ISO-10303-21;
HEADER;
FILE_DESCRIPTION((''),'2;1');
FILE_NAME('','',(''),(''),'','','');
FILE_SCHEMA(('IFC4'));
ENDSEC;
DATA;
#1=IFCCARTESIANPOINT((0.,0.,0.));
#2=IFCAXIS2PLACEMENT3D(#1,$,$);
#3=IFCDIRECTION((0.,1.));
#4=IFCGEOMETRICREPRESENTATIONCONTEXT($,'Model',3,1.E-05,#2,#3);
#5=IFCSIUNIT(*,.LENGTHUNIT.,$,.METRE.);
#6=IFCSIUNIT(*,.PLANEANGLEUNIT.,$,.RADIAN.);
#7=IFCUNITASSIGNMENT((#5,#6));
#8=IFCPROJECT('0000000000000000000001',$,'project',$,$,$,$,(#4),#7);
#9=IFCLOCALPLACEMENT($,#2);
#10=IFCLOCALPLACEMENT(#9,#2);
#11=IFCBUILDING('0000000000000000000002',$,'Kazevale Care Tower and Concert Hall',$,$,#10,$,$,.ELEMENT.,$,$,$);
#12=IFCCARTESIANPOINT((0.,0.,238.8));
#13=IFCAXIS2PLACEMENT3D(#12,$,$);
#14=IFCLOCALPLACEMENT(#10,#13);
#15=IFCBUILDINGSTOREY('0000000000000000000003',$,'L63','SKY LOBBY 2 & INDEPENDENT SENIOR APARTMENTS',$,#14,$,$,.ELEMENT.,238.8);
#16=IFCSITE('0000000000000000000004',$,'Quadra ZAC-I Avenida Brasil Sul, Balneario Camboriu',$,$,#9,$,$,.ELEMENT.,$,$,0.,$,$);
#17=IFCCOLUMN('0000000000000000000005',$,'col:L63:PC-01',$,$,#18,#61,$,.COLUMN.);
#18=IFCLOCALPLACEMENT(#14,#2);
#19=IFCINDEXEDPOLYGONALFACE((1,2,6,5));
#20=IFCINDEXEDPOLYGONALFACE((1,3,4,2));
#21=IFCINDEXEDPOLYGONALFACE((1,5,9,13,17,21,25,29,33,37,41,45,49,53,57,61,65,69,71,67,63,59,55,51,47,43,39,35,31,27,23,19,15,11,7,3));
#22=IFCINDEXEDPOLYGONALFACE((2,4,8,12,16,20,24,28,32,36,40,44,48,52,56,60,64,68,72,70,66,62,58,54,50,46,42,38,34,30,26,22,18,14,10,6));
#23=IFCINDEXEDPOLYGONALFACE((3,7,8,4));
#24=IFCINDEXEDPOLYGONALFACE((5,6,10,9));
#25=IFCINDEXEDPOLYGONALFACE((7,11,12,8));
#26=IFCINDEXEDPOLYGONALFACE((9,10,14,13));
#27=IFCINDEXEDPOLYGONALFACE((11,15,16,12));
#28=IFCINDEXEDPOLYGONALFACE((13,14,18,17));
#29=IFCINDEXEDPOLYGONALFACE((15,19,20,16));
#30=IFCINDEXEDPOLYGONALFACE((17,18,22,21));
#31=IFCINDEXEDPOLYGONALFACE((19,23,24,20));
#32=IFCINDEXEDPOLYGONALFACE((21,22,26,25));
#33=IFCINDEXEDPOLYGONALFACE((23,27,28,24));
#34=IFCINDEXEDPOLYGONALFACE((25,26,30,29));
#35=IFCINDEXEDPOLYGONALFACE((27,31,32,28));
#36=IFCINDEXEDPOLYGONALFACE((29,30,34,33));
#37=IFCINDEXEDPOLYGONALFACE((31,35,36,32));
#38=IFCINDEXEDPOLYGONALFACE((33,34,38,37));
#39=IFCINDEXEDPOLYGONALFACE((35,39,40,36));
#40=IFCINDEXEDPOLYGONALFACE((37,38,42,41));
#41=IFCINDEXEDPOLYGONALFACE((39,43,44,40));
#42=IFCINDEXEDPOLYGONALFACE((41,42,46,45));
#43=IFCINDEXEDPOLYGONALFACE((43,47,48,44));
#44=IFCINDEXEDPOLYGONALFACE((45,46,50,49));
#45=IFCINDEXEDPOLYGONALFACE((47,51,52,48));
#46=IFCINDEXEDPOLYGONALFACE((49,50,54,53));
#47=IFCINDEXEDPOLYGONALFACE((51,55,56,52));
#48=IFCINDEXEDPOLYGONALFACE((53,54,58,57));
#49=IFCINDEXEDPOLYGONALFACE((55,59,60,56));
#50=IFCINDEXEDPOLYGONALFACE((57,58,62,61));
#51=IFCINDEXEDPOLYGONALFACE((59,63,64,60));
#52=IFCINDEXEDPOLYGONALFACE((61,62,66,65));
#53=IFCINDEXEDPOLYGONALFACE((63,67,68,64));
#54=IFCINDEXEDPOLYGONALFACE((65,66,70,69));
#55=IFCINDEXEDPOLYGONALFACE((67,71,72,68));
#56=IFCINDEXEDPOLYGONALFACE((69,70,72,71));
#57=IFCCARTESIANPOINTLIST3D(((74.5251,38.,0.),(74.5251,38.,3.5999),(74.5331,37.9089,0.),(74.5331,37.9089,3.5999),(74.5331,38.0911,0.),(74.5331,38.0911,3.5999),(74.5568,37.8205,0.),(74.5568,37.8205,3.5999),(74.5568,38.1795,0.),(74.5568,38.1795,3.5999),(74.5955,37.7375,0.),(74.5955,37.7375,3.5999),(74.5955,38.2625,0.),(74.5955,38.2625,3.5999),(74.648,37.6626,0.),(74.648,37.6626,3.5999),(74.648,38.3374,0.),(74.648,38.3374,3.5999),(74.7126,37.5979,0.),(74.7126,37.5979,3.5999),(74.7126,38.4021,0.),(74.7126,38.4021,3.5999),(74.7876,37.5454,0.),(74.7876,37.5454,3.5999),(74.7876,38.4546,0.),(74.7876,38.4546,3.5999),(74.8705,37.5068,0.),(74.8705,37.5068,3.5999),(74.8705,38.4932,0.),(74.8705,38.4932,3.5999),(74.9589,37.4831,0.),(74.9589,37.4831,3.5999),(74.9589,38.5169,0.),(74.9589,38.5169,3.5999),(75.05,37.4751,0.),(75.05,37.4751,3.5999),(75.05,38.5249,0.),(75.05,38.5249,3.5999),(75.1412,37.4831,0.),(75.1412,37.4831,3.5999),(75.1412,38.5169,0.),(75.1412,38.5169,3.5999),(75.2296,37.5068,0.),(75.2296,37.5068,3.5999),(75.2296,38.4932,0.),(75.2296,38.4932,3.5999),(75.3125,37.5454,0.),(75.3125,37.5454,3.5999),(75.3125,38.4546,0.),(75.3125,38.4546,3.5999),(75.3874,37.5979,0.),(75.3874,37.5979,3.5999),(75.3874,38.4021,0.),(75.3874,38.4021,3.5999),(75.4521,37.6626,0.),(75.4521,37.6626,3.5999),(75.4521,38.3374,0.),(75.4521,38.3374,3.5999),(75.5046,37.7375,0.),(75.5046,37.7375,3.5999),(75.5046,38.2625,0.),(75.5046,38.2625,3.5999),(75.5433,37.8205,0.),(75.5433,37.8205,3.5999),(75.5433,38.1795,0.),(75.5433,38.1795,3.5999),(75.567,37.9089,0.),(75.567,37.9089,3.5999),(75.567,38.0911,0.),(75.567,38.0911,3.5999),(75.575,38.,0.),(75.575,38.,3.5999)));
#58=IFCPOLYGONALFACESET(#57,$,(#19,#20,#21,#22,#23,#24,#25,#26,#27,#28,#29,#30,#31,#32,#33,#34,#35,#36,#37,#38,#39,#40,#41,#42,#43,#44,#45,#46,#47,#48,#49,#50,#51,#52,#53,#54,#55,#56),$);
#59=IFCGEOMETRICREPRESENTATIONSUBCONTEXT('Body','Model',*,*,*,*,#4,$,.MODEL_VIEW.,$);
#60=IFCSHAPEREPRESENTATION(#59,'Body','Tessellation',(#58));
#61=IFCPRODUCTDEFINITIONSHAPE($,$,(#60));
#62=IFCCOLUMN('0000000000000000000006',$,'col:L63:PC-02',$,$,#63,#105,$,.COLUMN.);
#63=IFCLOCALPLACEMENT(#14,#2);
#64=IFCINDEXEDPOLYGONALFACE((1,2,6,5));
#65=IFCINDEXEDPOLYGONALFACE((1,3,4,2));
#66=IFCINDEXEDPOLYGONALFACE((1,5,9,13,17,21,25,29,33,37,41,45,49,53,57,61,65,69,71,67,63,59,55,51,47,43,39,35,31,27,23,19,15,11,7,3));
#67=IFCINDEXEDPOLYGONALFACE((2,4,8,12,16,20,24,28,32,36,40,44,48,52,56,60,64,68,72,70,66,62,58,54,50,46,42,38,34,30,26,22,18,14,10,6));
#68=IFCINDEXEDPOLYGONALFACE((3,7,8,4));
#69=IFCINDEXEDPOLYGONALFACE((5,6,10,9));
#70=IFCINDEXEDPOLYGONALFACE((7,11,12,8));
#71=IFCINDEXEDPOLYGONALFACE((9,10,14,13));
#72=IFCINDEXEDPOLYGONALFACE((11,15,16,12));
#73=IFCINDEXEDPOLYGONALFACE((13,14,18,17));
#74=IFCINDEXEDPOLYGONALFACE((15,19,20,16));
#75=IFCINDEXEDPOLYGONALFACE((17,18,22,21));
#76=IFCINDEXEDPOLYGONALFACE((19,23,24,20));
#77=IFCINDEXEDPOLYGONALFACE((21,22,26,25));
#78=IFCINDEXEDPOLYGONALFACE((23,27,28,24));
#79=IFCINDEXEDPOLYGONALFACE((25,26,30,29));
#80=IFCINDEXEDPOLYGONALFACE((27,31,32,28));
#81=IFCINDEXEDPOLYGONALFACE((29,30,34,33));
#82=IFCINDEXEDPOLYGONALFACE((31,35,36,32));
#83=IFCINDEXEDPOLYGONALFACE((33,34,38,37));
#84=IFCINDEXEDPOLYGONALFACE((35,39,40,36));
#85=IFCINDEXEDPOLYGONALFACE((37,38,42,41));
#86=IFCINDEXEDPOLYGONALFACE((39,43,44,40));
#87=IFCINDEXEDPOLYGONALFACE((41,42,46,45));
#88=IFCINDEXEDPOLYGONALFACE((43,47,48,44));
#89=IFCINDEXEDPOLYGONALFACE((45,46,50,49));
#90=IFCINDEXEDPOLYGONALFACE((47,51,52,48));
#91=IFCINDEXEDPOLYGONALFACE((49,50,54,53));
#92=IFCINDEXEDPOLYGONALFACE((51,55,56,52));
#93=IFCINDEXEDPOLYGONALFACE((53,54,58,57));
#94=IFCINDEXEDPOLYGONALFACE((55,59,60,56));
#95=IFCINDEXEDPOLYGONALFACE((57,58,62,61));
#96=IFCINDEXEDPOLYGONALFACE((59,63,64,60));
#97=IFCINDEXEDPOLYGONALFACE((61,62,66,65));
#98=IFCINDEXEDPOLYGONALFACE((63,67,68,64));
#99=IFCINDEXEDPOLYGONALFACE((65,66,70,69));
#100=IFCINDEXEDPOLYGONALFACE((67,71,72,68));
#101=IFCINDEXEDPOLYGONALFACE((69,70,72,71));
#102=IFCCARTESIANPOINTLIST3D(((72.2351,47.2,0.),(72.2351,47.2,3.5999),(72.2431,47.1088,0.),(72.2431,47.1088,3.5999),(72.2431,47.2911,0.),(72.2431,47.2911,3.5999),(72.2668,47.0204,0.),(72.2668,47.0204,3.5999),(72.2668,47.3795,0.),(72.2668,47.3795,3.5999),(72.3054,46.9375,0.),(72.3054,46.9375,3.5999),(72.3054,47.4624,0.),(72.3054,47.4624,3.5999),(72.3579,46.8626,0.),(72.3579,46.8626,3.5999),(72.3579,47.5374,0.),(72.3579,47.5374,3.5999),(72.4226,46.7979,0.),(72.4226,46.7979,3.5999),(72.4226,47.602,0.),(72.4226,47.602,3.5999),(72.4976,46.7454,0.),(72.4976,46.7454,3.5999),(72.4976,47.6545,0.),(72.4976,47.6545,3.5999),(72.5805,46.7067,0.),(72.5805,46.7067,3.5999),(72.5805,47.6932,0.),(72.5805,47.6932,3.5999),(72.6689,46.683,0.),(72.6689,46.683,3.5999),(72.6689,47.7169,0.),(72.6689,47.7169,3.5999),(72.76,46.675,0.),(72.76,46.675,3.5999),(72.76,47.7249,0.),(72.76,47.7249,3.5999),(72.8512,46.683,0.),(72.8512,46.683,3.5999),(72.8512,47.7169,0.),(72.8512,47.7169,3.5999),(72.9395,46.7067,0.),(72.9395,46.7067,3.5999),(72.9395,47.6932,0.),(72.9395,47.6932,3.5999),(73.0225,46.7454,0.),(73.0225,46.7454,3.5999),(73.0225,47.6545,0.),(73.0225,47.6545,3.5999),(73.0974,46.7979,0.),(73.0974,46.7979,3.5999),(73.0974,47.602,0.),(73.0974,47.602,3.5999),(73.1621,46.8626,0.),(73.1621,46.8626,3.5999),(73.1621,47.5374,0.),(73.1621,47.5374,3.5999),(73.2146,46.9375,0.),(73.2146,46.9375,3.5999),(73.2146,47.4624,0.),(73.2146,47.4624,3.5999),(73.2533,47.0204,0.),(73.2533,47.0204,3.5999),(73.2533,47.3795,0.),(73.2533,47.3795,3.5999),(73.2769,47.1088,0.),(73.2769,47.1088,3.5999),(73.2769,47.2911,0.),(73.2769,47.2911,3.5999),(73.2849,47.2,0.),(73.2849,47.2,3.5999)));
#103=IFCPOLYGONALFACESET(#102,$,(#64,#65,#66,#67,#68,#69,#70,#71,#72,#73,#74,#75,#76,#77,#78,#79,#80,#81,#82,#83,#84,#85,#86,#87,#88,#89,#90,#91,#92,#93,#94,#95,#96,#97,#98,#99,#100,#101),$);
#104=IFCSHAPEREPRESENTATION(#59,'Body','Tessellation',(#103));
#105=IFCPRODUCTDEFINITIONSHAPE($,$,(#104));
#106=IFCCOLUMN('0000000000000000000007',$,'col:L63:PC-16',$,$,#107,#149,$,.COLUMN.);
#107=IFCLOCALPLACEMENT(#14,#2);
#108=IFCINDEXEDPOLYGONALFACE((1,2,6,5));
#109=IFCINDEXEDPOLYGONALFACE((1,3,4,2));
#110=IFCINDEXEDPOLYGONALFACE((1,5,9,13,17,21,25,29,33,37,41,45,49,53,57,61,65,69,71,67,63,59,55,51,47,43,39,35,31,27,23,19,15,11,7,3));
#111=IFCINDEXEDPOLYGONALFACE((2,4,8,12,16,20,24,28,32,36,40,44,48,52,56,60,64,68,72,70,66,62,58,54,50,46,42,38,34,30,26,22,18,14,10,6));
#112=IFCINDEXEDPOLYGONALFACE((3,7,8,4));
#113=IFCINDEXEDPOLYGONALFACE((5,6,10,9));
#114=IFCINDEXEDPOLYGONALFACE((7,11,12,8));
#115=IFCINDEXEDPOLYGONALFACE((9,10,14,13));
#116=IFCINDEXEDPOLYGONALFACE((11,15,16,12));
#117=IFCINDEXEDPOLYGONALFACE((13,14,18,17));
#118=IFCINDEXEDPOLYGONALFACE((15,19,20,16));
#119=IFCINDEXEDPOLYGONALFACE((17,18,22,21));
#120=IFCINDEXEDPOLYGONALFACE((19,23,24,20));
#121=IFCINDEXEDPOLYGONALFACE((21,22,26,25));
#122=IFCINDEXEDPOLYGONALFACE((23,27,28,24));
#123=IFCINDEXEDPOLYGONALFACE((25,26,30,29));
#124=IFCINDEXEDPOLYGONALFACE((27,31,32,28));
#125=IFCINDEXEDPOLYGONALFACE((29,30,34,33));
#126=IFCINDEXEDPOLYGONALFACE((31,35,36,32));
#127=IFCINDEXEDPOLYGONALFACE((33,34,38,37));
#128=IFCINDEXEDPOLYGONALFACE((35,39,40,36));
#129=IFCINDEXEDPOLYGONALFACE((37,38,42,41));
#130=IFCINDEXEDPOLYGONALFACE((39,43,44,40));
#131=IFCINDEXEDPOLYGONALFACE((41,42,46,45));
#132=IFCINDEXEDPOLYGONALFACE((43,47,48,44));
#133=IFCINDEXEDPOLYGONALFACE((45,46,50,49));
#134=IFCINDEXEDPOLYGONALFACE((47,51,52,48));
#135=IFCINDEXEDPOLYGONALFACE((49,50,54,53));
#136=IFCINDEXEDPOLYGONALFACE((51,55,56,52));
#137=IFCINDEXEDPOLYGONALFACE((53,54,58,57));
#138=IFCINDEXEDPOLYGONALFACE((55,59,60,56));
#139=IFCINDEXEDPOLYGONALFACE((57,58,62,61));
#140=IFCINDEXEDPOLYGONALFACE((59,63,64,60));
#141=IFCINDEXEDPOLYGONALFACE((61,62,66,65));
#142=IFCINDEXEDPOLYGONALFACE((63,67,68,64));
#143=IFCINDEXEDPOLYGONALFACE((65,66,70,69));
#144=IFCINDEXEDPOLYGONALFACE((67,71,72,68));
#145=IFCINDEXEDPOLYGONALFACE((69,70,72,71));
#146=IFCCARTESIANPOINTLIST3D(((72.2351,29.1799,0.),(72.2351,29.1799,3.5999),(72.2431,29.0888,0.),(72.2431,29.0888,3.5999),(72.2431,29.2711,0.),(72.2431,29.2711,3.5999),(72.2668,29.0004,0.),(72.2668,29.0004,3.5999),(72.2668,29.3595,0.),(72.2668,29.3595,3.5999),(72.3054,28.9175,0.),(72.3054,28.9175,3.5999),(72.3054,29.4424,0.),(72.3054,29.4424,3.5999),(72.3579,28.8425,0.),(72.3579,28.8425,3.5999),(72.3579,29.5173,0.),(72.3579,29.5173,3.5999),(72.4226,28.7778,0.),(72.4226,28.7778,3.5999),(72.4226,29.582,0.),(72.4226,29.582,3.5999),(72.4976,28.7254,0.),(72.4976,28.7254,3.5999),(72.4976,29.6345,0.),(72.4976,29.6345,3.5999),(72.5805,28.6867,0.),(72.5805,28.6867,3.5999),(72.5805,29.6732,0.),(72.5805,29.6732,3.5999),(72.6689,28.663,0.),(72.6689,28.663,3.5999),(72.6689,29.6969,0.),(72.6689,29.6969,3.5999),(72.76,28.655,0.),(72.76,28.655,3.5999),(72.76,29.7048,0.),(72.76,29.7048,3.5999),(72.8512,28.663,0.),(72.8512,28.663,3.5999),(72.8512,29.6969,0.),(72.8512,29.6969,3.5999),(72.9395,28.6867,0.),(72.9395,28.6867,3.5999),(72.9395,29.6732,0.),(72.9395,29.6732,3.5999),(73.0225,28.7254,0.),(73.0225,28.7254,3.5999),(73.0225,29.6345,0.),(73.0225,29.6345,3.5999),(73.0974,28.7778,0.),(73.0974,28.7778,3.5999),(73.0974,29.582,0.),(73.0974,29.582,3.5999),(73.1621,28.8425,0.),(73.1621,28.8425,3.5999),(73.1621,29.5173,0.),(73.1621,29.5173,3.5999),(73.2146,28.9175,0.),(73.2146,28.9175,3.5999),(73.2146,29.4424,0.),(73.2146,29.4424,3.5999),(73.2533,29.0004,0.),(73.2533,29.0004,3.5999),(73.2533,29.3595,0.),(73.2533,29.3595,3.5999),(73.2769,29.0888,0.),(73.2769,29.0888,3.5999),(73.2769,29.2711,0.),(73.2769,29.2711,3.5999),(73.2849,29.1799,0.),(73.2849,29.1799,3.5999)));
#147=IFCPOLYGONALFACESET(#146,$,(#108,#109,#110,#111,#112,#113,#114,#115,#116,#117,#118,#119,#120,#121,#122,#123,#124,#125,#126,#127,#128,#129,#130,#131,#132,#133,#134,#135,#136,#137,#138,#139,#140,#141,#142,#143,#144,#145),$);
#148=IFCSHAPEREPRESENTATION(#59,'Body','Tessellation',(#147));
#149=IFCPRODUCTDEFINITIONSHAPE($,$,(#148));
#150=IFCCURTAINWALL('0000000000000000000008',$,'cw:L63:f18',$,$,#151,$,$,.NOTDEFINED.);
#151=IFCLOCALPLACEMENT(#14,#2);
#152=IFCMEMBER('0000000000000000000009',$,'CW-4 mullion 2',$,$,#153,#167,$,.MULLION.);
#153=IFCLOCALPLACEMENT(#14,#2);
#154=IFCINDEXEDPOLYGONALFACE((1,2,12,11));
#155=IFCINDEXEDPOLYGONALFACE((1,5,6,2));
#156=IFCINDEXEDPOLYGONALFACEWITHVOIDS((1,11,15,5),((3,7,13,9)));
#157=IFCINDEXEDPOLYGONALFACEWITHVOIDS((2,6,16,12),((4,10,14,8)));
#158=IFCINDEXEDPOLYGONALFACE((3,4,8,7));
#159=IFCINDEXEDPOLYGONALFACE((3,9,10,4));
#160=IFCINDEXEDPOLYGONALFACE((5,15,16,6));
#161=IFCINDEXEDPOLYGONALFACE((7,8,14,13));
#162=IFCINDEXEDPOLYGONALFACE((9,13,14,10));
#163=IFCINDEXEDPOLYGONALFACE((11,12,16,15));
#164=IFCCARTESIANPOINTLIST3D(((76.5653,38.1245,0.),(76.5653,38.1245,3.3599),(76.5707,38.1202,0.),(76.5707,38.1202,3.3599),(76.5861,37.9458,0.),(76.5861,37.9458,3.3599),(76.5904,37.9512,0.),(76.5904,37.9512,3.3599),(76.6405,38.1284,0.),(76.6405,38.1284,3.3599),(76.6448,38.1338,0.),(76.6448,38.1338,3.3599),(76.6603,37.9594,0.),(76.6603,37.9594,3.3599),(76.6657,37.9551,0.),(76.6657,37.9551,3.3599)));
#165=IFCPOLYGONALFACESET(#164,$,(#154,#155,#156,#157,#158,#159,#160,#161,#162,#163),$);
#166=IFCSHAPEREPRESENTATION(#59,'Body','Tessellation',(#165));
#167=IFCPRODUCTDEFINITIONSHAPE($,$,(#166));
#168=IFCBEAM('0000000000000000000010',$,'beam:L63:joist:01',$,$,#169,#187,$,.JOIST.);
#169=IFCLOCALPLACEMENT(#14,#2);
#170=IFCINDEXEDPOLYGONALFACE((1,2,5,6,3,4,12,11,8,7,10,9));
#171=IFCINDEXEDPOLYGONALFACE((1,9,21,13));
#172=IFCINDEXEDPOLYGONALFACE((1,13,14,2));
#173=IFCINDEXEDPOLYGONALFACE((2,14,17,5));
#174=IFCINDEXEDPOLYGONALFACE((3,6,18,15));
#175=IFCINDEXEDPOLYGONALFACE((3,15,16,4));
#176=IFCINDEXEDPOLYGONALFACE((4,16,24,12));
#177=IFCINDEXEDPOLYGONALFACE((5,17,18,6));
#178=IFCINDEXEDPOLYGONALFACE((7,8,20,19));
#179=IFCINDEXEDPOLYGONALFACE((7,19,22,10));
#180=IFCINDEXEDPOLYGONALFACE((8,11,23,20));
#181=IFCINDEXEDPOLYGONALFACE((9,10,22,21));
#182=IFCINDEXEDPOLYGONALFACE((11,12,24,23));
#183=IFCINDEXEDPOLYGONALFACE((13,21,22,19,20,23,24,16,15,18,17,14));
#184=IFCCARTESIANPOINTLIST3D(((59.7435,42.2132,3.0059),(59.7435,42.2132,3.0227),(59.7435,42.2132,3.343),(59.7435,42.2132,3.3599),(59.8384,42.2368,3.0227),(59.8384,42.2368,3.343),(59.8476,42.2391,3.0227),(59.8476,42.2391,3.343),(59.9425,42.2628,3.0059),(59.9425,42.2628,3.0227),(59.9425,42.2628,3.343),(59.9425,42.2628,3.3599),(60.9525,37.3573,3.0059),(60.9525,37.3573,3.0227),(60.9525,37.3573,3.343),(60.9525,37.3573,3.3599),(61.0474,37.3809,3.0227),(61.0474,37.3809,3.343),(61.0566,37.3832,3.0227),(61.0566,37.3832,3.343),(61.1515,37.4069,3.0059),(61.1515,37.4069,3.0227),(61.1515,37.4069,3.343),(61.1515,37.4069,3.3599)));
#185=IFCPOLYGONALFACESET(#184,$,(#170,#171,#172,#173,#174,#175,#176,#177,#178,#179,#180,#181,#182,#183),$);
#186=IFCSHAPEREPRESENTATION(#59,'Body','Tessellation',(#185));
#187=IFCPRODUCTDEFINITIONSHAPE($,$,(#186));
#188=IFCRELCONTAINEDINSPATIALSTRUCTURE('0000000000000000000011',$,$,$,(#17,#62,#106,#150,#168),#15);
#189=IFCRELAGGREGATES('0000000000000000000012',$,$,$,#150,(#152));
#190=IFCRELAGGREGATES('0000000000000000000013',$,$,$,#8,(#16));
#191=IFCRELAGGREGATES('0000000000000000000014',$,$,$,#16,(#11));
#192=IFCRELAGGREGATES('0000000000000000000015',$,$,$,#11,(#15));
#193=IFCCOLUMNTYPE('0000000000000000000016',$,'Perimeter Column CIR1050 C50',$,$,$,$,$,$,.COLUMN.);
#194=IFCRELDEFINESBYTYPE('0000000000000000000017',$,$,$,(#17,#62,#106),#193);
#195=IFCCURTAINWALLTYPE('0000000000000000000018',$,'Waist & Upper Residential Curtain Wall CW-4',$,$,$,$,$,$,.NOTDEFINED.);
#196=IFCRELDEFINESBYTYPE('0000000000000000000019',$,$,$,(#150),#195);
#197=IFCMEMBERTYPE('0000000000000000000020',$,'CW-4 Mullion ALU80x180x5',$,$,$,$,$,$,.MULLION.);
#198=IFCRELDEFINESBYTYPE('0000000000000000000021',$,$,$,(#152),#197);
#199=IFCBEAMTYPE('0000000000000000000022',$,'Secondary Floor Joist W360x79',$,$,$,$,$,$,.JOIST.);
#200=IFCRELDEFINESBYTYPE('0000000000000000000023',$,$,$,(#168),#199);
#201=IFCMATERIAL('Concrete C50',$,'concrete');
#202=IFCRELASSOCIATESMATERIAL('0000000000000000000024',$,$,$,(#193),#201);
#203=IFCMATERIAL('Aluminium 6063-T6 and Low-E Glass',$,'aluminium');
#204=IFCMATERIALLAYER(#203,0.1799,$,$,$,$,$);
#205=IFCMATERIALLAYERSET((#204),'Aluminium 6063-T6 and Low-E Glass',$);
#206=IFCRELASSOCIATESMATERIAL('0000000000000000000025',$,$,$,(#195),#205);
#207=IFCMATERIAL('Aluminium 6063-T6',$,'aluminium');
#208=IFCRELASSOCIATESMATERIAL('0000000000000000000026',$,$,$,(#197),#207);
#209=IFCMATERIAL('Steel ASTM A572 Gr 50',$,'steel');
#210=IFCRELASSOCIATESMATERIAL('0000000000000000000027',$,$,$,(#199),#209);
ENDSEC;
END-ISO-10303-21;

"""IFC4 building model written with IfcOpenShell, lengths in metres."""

from ifc_helpers import new_model, si_unit, direction, frame, origin, origin_2d, place, context, subcontext, project, spatial, hollow_rectangle, circle, i_section, extrude, material, layer, layer_set, material_profile, profile_set, type_object, element, aggregate, save


model = new_model("IFC4")

# Units and contexts
model_context = context("Model", 3, precision=1e-05, world=origin(), true_north=direction((0.0, 1.0)))
body_context = subcontext(model_context, "Body", "Model", "MODEL_VIEW")
ifc_project = project(units=[si_unit("LENGTHUNIT", "METRE"), si_unit("PLANEANGLEUNIT", "RADIAN")], contexts=[model_context])

# Site, building, storey
site_placement = place(None, origin())
site = spatial("IfcSite", under=ifc_project, at=site_placement, Name="Quadra ZAC-I Avenida Brasil Sul, Balneario Camboriu", CompositionType="ELEMENT", RefElevation=0.0)
building_placement = place(site_placement, origin())
building = spatial("IfcBuilding", under=site, at=building_placement, Name="Kazevale Care Tower and Concert Hall", CompositionType="ELEMENT")
storey_placement = place(building_placement, frame((0.0, 0.0, 238.8)))
storey = spatial("IfcBuildingStorey", under=building, at=storey_placement, Name="L63", Description="SKY LOBBY 2 & INDEPENDENT SENIOR APARTMENTS", CompositionType="ELEMENT", Elevation=238.8)

# Columns
ifc_material_1 = material(Name="Concrete C50", Category="concrete")
ifc_material_profile_1 = material_profile(ifc_material_1, circle(Radius=0.5249, at=origin_2d()), Name="RC-CIR1050")
ifc_profile_set_1 = profile_set([ifc_material_profile_1], Name="Concrete C50")
column_type = type_object("IfcColumnType", Name="Perimeter Column CIR1050 C50", PredefinedType="COLUMN", material=ifc_profile_set_1)
for number, where, z_axis, x_axis, name in (
    (1, (75.05, 38.0, 0.0), (0.0, 0.0, 1.0), (1.0, 0.0, 0.0), "col:L63:PC-01"),
    (2, (72.76, 47.2, 0.0), (0.0, 0.0, 1.0), (1.0, 0.0, 0.0), "col:L63:PC-02"),
    (3, (72.76, 29.1799, 0.0), (0.0, 0.0, 1.0), (1.0, 0.0, 0.0), "col:L63:PC-16"),
):
    element("IfcColumn", number, at=place(storey_placement, frame(where, z_axis=z_axis, x_axis=x_axis)), inside=storey, type_object=column_type, Name=name, PredefinedType="COLUMN", context=body_context, shape_type="SweptSolid", body=[
        extrude(circle(Radius=0.5249, at=origin_2d()), origin(), (0.0, 0.0, 1.0), 3.5999),
    ])

# Curtain wall, member
ifc_material_2 = material(Name="Aluminium 6063-T6 and Low-E Glass", Category="aluminium")
ifc_layer_1 = layer(ifc_material_2, 0.1799)
ifc_layer_set_1 = layer_set([ifc_layer_1], Name="Aluminium 6063-T6 and Low-E Glass")
curtain_wall_type = type_object("IfcCurtainWallType", Name="Waist & Upper Residential Curtain Wall CW-4", PredefinedType="NOTDEFINED", material=ifc_layer_set_1)
curtain_wall_placement = place(storey_placement, origin())
curtain_wall = element("IfcCurtainWall", 4, at=curtain_wall_placement, inside=storey, type_object=curtain_wall_type, Name="cw:L63:f18", PredefinedType="NOTDEFINED")
ifc_material_3 = material(Name="Aluminium 6063-T6", Category="aluminium")
ifc_material_profile_2 = material_profile(ifc_material_3, hollow_rectangle(XDim=0.0801, YDim=0.1799, WallThickness=0.0049, at=origin_2d()), Name="ALU80x180x5")
ifc_profile_set_2 = profile_set([ifc_material_profile_2], Name="Aluminium 6063-T6")
member_type = type_object("IfcMemberType", Name="CW-4 Mullion ALU80x180x5", PredefinedType="MULLION", material=ifc_profile_set_2)
member_placement = place(storey_placement, frame((76.6155, 38.0398, 0.0), z_axis=(0.0, 0.0, 1.0), x_axis=(0.993267, 0.115847, 0.0)))
member = element("IfcMember", 5, at=member_placement, type_object=member_type, Name="CW-4 mullion 2", PredefinedType="MULLION", context=body_context, shape_type="SweptSolid", body=[
    extrude(hollow_rectangle(XDim=0.0801, YDim=0.1799, WallThickness=0.0049, at=origin_2d()), origin(), (0.0, 0.0, 1.0), 3.3599),
])

# Beam
ifc_material_4 = material(Name="Steel ASTM A572 Gr 50", Category="steel")
ifc_material_profile_3 = material_profile(ifc_material_4, i_section(OverallWidth=0.2051, OverallDepth=0.354, WebThickness=0.0095, FlangeThickness=0.0168, at=origin_2d()), Name="W360x79")
ifc_profile_set_3 = profile_set([ifc_material_profile_3], Name="Steel ASTM A572 Gr 50")
beam_type_1 = type_object("IfcBeamType", Name="Secondary Floor Joist W360x79", PredefinedType="JOIST", material=ifc_profile_set_3)
beam_1_placement = place(storey_placement, frame((61.052, 37.3821, 3.1829), z_axis=(-0.241594, 0.970377, 0.0), x_axis=(-0.970377, -0.241594, 0.0)))
element("IfcBeam", 6, at=beam_1_placement, inside=storey, type_object=beam_type_1, Name="beam:L63:joist:01", PredefinedType="JOIST", context=body_context, shape_type="SweptSolid", body=[
    extrude(i_section(OverallWidth=0.2051, OverallDepth=0.354, WebThickness=0.0095, FlangeThickness=0.0168, at=origin_2d()), origin(), (0.0, 0.0, 1.0), 5.0042),
])

aggregate(curtain_wall, [member])

save(model, "model.ifc")
